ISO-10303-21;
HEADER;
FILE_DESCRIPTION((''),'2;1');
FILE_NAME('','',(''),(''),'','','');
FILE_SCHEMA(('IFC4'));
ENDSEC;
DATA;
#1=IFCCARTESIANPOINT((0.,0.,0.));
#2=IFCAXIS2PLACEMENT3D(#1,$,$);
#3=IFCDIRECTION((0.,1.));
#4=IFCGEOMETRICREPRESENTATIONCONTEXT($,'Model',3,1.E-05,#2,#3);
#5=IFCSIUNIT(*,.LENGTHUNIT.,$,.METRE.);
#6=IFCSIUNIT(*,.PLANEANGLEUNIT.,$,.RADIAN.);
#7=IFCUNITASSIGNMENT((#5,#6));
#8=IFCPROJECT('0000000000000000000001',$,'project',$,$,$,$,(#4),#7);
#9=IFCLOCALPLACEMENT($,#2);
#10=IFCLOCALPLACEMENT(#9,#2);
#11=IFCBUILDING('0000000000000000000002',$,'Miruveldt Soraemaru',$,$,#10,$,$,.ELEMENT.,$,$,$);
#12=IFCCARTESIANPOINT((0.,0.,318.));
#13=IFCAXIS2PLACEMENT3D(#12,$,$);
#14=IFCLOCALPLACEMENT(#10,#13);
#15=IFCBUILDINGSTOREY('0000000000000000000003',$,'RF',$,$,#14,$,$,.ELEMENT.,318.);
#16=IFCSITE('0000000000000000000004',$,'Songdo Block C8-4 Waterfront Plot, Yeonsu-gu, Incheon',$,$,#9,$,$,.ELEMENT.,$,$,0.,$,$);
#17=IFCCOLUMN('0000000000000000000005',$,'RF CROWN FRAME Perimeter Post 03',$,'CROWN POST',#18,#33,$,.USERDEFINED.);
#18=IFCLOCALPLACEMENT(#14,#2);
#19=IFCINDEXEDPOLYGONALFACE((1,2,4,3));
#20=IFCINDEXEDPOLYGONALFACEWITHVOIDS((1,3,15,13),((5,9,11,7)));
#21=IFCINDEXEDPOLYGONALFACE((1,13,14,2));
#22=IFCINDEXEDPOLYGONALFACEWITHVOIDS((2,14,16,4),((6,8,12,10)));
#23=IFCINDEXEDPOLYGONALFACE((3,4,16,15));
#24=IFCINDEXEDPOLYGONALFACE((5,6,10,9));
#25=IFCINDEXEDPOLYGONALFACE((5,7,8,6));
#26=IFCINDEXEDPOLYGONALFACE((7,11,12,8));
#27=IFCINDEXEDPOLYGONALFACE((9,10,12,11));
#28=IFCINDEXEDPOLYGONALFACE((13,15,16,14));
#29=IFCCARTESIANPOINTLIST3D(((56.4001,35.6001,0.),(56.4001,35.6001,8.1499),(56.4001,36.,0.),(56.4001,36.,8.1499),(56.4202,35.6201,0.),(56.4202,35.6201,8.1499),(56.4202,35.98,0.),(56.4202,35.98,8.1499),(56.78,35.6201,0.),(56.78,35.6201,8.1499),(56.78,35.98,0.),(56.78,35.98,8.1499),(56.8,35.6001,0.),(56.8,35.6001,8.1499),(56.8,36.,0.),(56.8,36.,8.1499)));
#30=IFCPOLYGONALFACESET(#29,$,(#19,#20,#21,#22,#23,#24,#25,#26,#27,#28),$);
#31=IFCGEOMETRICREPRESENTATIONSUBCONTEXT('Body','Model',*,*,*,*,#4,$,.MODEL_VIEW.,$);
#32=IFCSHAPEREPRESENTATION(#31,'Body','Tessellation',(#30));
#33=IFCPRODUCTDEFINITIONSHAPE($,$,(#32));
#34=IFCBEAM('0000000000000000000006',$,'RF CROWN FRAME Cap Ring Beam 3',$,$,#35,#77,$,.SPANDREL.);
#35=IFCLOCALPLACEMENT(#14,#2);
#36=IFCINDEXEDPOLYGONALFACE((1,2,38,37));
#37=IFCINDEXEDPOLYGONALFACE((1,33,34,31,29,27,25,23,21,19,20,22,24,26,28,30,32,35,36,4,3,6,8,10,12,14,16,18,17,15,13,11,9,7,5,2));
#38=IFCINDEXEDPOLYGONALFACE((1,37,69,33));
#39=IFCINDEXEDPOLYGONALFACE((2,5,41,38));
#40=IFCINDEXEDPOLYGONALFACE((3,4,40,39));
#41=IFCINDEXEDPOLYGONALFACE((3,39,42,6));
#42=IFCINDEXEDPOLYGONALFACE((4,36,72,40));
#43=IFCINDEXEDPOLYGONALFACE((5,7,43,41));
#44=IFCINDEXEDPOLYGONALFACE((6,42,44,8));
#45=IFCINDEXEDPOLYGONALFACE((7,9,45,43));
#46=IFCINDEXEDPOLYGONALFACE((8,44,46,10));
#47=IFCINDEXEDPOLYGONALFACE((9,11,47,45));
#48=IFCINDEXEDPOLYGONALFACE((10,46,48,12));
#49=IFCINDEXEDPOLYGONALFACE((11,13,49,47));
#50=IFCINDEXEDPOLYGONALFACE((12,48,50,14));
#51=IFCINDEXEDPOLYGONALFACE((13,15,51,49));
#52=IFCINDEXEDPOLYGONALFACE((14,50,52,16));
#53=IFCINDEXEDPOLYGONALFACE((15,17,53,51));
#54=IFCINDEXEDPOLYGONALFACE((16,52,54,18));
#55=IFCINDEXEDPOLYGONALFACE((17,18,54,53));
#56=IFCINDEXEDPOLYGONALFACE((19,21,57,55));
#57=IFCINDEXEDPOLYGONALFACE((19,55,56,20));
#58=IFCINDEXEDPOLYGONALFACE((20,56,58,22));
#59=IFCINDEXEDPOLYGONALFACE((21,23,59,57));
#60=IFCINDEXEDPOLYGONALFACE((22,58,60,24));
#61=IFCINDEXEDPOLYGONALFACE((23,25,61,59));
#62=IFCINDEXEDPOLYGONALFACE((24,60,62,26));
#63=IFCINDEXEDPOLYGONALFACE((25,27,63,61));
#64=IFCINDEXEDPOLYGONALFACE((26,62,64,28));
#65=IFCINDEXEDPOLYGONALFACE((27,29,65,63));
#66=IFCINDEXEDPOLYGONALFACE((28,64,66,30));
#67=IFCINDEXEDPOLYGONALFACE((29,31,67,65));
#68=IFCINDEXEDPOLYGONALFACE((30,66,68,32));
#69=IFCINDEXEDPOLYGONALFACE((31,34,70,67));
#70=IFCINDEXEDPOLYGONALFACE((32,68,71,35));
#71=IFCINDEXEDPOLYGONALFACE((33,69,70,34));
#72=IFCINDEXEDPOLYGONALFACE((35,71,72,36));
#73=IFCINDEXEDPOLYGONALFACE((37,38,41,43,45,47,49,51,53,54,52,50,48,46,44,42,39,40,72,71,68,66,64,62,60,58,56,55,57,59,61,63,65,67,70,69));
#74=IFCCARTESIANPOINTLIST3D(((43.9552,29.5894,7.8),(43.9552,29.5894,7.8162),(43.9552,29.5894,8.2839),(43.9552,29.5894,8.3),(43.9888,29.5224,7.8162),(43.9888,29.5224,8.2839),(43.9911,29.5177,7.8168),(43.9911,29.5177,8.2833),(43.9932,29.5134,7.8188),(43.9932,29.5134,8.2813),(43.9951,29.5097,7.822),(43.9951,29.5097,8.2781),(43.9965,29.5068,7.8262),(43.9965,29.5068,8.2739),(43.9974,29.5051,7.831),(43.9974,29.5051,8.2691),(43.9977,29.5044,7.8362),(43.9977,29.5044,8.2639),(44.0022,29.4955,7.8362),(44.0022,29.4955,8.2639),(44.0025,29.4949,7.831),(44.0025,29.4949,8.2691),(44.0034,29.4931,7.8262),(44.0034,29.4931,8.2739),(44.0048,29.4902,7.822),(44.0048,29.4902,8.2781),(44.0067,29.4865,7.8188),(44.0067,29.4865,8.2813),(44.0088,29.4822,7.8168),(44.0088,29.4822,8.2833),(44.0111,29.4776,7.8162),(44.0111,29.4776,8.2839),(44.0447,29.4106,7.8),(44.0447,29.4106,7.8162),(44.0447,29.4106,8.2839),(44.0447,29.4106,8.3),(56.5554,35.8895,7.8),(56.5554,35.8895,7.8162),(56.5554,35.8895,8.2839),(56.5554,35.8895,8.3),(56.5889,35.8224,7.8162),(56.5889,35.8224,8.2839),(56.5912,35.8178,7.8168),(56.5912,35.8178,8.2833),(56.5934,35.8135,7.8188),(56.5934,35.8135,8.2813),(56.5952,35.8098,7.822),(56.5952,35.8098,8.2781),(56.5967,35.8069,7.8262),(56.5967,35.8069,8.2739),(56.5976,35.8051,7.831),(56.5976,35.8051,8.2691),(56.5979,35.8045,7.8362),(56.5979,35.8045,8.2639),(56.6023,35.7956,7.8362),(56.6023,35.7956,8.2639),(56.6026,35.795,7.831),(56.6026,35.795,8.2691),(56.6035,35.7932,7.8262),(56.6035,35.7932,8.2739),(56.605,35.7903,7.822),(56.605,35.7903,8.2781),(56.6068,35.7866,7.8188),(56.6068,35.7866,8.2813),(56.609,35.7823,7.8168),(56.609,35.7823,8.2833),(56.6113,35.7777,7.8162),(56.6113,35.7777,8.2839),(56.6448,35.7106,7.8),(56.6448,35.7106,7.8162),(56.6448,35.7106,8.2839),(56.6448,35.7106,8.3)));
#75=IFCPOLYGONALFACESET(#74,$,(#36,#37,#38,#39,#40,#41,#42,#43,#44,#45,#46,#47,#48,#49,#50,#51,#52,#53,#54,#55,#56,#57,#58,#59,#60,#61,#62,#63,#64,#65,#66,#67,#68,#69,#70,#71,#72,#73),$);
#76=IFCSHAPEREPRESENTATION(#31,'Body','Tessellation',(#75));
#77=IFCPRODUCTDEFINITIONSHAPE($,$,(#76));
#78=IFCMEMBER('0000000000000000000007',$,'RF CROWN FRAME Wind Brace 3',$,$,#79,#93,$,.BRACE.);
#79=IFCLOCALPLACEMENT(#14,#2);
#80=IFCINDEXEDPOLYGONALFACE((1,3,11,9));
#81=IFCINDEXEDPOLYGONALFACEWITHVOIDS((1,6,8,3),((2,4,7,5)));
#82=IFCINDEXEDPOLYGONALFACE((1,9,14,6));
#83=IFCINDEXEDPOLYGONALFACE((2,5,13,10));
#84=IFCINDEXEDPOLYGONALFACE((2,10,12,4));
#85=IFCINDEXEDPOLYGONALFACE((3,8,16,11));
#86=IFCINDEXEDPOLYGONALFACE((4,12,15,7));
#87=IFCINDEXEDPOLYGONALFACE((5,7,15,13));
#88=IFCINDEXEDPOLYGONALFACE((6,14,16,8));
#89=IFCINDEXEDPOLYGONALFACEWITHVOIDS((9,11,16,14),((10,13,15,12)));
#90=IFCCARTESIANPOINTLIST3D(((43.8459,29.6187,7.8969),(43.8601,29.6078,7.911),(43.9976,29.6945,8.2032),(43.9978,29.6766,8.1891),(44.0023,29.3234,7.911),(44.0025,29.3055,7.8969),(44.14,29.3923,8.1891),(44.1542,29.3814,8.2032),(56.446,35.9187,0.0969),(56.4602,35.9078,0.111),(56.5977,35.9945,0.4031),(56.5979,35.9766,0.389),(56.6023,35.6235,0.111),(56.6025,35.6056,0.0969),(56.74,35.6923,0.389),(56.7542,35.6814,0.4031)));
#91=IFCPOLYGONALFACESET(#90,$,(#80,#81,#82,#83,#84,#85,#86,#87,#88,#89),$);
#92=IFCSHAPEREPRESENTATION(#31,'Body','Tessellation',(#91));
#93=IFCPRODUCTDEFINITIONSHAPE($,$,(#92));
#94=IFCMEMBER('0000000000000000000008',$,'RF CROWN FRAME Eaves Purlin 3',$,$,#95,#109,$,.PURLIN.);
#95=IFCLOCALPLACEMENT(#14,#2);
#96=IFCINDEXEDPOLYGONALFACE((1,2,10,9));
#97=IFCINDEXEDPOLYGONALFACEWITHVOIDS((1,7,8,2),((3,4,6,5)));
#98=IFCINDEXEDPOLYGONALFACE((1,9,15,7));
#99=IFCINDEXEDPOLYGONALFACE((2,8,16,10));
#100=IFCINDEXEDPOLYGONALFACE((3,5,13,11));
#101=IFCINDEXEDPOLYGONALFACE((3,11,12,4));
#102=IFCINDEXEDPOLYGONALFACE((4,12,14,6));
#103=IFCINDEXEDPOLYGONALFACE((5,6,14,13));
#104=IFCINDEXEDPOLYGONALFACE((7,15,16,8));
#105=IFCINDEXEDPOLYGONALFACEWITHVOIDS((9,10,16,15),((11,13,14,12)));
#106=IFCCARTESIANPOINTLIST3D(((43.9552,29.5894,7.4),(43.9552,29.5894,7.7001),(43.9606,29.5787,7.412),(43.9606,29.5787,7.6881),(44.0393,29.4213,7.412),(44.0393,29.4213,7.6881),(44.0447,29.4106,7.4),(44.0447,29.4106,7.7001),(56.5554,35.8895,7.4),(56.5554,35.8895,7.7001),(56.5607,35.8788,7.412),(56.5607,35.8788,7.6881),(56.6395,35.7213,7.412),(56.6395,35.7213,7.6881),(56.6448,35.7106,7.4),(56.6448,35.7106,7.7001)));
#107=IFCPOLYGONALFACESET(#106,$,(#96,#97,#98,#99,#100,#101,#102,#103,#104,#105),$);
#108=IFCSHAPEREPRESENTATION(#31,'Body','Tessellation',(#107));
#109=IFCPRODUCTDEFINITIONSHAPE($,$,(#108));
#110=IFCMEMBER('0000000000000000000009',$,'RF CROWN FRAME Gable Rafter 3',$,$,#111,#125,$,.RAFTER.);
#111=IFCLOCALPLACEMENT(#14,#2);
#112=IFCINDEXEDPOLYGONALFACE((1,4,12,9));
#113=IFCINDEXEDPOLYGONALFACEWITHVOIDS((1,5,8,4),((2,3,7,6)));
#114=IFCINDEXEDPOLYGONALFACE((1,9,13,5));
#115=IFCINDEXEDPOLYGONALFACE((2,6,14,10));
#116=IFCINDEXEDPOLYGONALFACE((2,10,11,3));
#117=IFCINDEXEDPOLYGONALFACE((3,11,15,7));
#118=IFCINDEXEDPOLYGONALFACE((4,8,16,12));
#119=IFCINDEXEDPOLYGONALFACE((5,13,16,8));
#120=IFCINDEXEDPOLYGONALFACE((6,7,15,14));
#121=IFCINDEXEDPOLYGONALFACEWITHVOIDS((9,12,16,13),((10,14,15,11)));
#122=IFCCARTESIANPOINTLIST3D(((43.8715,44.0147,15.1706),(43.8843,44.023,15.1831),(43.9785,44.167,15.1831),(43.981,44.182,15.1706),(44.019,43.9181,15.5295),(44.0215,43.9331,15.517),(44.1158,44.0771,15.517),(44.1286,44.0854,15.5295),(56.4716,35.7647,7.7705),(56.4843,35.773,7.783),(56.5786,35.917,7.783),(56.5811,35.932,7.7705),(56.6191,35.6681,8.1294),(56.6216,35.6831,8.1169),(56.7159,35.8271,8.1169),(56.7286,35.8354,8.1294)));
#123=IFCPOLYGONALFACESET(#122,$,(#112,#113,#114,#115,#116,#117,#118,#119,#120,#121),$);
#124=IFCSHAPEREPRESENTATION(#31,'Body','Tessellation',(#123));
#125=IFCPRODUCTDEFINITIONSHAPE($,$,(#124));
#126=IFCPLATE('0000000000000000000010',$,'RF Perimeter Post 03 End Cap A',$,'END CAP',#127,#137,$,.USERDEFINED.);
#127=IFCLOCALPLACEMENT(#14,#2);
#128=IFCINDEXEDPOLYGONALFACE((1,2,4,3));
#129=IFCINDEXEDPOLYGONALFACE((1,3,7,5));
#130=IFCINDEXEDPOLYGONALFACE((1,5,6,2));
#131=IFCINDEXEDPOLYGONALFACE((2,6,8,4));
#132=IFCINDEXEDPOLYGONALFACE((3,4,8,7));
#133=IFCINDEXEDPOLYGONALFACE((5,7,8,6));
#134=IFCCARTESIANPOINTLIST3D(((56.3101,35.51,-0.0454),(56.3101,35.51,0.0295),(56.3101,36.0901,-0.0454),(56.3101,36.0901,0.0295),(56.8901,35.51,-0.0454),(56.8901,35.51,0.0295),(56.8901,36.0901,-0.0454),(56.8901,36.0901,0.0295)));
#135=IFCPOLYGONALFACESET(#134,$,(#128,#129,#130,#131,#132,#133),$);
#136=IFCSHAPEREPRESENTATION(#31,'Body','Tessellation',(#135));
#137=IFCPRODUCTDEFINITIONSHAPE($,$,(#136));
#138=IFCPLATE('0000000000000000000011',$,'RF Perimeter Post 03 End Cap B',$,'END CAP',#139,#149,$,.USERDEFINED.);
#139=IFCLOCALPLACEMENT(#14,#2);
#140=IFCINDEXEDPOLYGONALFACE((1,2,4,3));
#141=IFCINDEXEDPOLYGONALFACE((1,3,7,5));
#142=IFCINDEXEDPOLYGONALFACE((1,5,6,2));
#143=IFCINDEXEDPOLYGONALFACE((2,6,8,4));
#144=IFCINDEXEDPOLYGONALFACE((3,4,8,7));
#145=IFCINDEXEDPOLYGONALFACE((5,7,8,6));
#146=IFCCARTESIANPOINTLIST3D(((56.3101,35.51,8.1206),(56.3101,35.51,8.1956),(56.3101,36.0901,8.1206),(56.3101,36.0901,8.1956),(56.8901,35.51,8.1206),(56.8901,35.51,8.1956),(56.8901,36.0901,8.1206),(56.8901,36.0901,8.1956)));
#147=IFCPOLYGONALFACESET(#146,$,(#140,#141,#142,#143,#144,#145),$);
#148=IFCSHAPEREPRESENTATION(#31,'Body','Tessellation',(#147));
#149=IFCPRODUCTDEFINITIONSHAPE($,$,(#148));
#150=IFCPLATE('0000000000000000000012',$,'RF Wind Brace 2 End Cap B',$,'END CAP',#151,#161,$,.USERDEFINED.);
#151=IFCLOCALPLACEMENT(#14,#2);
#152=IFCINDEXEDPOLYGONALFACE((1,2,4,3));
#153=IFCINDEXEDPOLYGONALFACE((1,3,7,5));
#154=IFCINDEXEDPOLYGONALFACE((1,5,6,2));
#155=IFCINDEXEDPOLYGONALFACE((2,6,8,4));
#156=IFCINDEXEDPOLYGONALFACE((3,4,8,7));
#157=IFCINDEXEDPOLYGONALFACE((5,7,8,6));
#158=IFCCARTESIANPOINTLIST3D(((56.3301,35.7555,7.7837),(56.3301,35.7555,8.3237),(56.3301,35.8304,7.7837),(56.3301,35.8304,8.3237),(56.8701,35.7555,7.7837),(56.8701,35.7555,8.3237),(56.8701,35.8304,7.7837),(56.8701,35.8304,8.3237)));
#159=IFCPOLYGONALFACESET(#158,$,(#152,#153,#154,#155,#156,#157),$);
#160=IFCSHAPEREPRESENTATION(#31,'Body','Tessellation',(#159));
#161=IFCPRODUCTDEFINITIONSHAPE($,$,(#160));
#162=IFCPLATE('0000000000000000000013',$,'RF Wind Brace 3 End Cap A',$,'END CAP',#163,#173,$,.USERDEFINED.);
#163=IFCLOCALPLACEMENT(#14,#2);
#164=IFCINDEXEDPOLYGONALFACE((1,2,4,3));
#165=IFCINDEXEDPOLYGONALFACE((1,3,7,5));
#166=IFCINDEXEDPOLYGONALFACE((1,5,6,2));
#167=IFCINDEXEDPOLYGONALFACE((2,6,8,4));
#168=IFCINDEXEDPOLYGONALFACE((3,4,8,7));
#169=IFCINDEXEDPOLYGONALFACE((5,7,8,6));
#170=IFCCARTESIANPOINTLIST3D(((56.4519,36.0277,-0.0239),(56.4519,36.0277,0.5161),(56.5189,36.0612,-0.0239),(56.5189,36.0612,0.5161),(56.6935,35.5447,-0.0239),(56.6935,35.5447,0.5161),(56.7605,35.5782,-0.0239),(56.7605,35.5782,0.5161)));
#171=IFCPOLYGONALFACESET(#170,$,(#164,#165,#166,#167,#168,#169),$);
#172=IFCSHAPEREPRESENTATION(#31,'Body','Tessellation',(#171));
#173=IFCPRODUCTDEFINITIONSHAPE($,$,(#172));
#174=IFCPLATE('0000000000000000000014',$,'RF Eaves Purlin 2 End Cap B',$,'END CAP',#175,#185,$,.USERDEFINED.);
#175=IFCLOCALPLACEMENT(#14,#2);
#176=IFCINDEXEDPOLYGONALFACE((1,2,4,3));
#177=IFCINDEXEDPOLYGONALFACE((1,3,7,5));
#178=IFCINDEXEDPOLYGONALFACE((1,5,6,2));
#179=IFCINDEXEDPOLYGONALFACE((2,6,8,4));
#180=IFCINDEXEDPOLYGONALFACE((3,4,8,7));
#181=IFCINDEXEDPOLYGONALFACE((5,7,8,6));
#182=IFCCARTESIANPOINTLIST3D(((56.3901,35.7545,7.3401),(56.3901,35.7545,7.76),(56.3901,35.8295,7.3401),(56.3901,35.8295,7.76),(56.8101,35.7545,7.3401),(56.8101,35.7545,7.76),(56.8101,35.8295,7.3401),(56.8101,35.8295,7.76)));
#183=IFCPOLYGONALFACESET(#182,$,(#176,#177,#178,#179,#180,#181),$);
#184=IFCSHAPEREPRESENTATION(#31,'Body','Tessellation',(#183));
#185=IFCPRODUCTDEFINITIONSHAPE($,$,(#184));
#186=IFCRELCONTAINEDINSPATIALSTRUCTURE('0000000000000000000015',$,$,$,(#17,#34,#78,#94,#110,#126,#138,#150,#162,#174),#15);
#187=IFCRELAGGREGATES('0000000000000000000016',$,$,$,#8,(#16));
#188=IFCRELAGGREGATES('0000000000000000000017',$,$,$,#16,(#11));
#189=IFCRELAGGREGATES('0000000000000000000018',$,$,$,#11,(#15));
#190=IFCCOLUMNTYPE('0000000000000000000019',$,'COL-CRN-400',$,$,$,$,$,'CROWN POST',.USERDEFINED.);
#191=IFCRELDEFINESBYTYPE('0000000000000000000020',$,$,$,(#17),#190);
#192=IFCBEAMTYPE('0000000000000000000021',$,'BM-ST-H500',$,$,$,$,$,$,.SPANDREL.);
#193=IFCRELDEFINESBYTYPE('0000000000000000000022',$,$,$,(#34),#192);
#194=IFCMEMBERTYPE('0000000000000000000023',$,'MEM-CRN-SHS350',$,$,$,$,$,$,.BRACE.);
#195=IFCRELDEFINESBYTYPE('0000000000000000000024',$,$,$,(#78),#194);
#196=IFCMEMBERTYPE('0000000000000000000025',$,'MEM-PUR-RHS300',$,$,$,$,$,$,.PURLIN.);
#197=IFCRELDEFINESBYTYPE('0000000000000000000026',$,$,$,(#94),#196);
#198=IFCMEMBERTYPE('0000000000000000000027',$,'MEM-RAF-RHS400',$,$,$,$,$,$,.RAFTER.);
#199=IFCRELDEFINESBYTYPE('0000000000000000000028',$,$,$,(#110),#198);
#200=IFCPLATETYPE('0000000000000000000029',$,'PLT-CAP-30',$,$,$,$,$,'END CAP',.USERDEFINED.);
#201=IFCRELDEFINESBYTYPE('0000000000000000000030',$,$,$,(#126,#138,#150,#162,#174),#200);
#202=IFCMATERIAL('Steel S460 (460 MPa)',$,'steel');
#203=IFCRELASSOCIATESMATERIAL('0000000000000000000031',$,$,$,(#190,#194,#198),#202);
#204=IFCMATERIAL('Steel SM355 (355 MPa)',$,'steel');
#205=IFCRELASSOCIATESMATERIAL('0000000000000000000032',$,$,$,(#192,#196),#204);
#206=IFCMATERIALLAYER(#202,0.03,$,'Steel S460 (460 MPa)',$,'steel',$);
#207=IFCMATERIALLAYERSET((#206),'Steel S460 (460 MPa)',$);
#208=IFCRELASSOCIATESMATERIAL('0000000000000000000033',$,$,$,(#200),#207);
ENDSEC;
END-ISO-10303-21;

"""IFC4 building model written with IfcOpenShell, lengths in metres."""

from ifc_helpers import new_model, si_unit, direction, frame, origin, origin_2d, place, context, subcontext, project, spatial, rectangle, hollow_rectangle, i_section, extrude, material, layer, layer_set, material_profile, profile_set, type_object, element, save


model = new_model("IFC4")

# Units and contexts
model_context = context("Model", 3, precision=1e-05, world=origin(), true_north=direction((0.0, 1.0)))
body_context = subcontext(model_context, "Body", "Model", "MODEL_VIEW")
ifc_project = project(units=[si_unit("LENGTHUNIT", "METRE"), si_unit("PLANEANGLEUNIT", "RADIAN")], contexts=[model_context])

# Site, building, storey
site_placement = place(None, origin())
site = spatial("IfcSite", under=ifc_project, at=site_placement, Name="Songdo Block C8-4 Waterfront Plot, Yeonsu-gu, Incheon", CompositionType="ELEMENT", RefElevation=0.0)
building_placement = place(site_placement, origin())
building = spatial("IfcBuilding", under=site, at=building_placement, Name="Miruveldt Soraemaru", CompositionType="ELEMENT")
storey_placement = place(building_placement, frame((0.0, 0.0, 318.0)))
storey = spatial("IfcBuildingStorey", under=building, at=storey_placement, Name="RF", CompositionType="ELEMENT", Elevation=318.0)

# Column
ifc_material_1 = material(Name="Steel S460 (460 MPa)", Category="steel")
ifc_material_profile_1 = material_profile(ifc_material_1, hollow_rectangle(XDim=0.3999, YDim=0.3999, WallThickness=0.02, at=origin_2d()), Name="Steel S460 (460 MPa)", Category="steel")
ifc_profile_set_1 = profile_set([ifc_material_profile_1], Name="Steel S460 (460 MPa)")
column_type = type_object("IfcColumnType", Name="COL-CRN-400", ElementType="CROWN POST", PredefinedType="USERDEFINED", material=ifc_profile_set_1)
column_placement = place(storey_placement, frame((56.6001, 35.8, 0.0), z_axis=(0.0, 0.0, 1.0), x_axis=(1.0, 0.0, 0.0)))
element("IfcColumn", 1, at=column_placement, inside=storey, type_object=column_type, Name="RF CROWN FRAME Perimeter Post 03", ObjectType="CROWN POST", PredefinedType="USERDEFINED", context=body_context, shape_type="SweptSolid", body=[
    extrude(hollow_rectangle(XDim=0.3999, YDim=0.3999, WallThickness=0.02, at=origin_2d()), origin(), (0.0, 0.0, 1.0), 8.1499),
])

# Beam
ifc_material_2 = material(Name="Steel SM355 (355 MPa)", Category="steel")
ifc_material_profile_2 = material_profile(ifc_material_2, i_section(OverallWidth=0.2, OverallDepth=0.5, WebThickness=0.01, FlangeThickness=0.0161, FilletRadius=0.02, at=origin_2d()), Name="Steel SM355 (355 MPa)", Category="steel")
ifc_profile_set_2 = profile_set([ifc_material_profile_2], Name="Steel SM355 (355 MPa)")
beam_type = type_object("IfcBeamType", Name="BM-ST-H500", PredefinedType="SPANDREL", material=ifc_profile_set_2)
beam_placement = place(storey_placement, frame((56.6001, 35.8, 8.05), z_axis=(-0.894427, -0.447214, 0.0), x_axis=(0.447214, -0.894427, 0.0)))
element("IfcBeam", 2, at=beam_placement, inside=storey, type_object=beam_type, Name="RF CROWN FRAME Cap Ring Beam 3", PredefinedType="SPANDREL", context=body_context, shape_type="SweptSolid", body=[
    extrude(i_section(OverallWidth=0.2, OverallDepth=0.5, WebThickness=0.01, FlangeThickness=0.0161, FilletRadius=0.02, at=origin_2d()), origin(), (0.0, 0.0, 1.0), 14.0874),
])

# Members
ifc_material_profile_3 = material_profile(ifc_material_1, hollow_rectangle(XDim=0.3501, YDim=0.3501, WallThickness=0.0161, at=origin_2d()), Name="Steel S460 (460 MPa)", Category="steel")
ifc_profile_set_3 = profile_set([ifc_material_profile_3], Name="Steel S460 (460 MPa)")
member_type_1 = type_object("IfcMemberType", Name="MEM-CRN-SHS350", PredefinedType="BRACE", material=ifc_profile_set_3)
member_1_placement = place(storey_placement, frame((56.6001, 35.8, 0.25), z_axis=(-0.782488, -0.391244, 0.484397), x_axis=(0.447214, -0.894427, 0.0)))
element("IfcMember", 3, at=member_1_placement, inside=storey, type_object=member_type_1, Name="RF CROWN FRAME Wind Brace 3", PredefinedType="BRACE", context=body_context, shape_type="SweptSolid", body=[
    extrude(hollow_rectangle(XDim=0.3501, YDim=0.3501, WallThickness=0.0161, at=origin_2d()), origin(), (0.0, 0.0, 1.0), 16.1025),
])
ifc_material_profile_4 = material_profile(ifc_material_2, hollow_rectangle(XDim=0.2, YDim=0.3, WallThickness=0.012, at=origin_2d()), Name="Steel SM355 (355 MPa)", Category="steel")
ifc_profile_set_4 = profile_set([ifc_material_profile_4], Name="Steel SM355 (355 MPa)")
member_type_2 = type_object("IfcMemberType", Name="MEM-PUR-RHS300", PredefinedType="PURLIN", material=ifc_profile_set_4)
member_2_placement = place(storey_placement, frame((56.6001, 35.8, 7.55), z_axis=(-0.894427, -0.447214, 0.0), x_axis=(0.447214, -0.894427, 0.0)))
element("IfcMember", 4, at=member_2_placement, inside=storey, type_object=member_type_2, Name="RF CROWN FRAME Eaves Purlin 3", PredefinedType="PURLIN", context=body_context, shape_type="SweptSolid", body=[
    extrude(hollow_rectangle(XDim=0.2, YDim=0.3, WallThickness=0.012, at=origin_2d()), origin(), (0.0, 0.0, 1.0), 14.0874),
])
ifc_material_profile_5 = material_profile(ifc_material_1, hollow_rectangle(XDim=0.2, YDim=0.3999, WallThickness=0.0139, at=origin_2d()), Name="Steel S460 (460 MPa)", Category="steel")
ifc_profile_set_5 = profile_set([ifc_material_profile_5], Name="Steel S460 (460 MPa)")
member_type_3 = type_object("IfcMemberType", Name="MEM-RAF-RHS400", PredefinedType="RAFTER", material=ifc_profile_set_5)
member_3_placement = place(storey_placement, frame((56.6001, 35.8, 7.95), z_axis=(-0.750875, 0.49164, 0.440995), x_axis=(-0.547783, -0.83662, 0.0)))
element("IfcMember", 5, at=member_3_placement, inside=storey, type_object=member_type_3, Name="RF CROWN FRAME Gable Rafter 3", PredefinedType="RAFTER", context=body_context, shape_type="SweptSolid", body=[
    extrude(hollow_rectangle(XDim=0.2, YDim=0.3999, WallThickness=0.0139, at=origin_2d()), origin(), (0.0, 0.0, 1.0), 16.7805),
])

# Plates
ifc_layer_1 = layer(ifc_material_1, 0.03, Name="Steel S460 (460 MPa)", Category="steel")
ifc_layer_set_1 = layer_set([ifc_layer_1], Name="Steel S460 (460 MPa)")
plate_type_1 = type_object("IfcPlateType", Name="PLT-CAP-30", ElementType="END CAP", PredefinedType="USERDEFINED", material=ifc_layer_set_1)
for number, where, z_axis, x_axis, name in (
    (6, (56.6001, 35.8, -0.0454), (0.0, 0.0, 1.0), (1.0, 0.0, 0.0), "RF Perimeter Post 03 End Cap A"),
    (7, (56.6001, 35.8, 8.1206), (0.0, 0.0, 1.0), (1.0, 0.0, 0.0), "RF Perimeter Post 03 End Cap B"),
):
    element("IfcPlate", number, at=place(storey_placement, frame(where, z_axis=z_axis, x_axis=x_axis)), inside=storey, type_object=plate_type_1, Name=name, ObjectType="END CAP", PredefinedType="USERDEFINED", context=body_context, shape_type="SweptSolid", body=[
        extrude(rectangle(XDim=0.5801, YDim=0.5801, at=origin_2d()), origin(), (0.0, 0.0, 1.0), 0.075),
    ])
for number, where, z_axis, x_axis, name in (
    (8, (56.6001, 35.793, 7.7837), (0.0, 0.0, 1.0), (0.0, -1.0, 0.0), "RF Wind Brace 2 End Cap B"),
    (9, (56.6062, 35.803, -0.0239), (0.0, 0.0, 1.0), (0.894389, 0.447291, 0.0), "RF Wind Brace 3 End Cap A"),
):
    element("IfcPlate", number, at=place(storey_placement, frame(where, z_axis=z_axis, x_axis=x_axis)), inside=storey, type_object=plate_type_1, Name=name, ObjectType="END CAP", PredefinedType="USERDEFINED", context=body_context, shape_type="SweptSolid", body=[
        extrude(rectangle(XDim=0.075, YDim=0.54, at=origin_2d()), origin(), (0.0, 0.0, 1.0), 0.54),
    ])
plate_1_placement = place(storey_placement, frame((56.6001, 35.792, 7.3401), z_axis=(0.0, 0.0, 1.0), x_axis=(0.0, -1.0, 0.0)))
element("IfcPlate", 10, at=plate_1_placement, inside=storey, type_object=plate_type_1, Name="RF Eaves Purlin 2 End Cap B", ObjectType="END CAP", PredefinedType="USERDEFINED", context=body_context, shape_type="SweptSolid", body=[
    extrude(rectangle(XDim=0.075, YDim=0.4199, at=origin_2d()), origin(), (0.0, 0.0, 1.0), 0.4199),
])

save(model, "model.ifc")
